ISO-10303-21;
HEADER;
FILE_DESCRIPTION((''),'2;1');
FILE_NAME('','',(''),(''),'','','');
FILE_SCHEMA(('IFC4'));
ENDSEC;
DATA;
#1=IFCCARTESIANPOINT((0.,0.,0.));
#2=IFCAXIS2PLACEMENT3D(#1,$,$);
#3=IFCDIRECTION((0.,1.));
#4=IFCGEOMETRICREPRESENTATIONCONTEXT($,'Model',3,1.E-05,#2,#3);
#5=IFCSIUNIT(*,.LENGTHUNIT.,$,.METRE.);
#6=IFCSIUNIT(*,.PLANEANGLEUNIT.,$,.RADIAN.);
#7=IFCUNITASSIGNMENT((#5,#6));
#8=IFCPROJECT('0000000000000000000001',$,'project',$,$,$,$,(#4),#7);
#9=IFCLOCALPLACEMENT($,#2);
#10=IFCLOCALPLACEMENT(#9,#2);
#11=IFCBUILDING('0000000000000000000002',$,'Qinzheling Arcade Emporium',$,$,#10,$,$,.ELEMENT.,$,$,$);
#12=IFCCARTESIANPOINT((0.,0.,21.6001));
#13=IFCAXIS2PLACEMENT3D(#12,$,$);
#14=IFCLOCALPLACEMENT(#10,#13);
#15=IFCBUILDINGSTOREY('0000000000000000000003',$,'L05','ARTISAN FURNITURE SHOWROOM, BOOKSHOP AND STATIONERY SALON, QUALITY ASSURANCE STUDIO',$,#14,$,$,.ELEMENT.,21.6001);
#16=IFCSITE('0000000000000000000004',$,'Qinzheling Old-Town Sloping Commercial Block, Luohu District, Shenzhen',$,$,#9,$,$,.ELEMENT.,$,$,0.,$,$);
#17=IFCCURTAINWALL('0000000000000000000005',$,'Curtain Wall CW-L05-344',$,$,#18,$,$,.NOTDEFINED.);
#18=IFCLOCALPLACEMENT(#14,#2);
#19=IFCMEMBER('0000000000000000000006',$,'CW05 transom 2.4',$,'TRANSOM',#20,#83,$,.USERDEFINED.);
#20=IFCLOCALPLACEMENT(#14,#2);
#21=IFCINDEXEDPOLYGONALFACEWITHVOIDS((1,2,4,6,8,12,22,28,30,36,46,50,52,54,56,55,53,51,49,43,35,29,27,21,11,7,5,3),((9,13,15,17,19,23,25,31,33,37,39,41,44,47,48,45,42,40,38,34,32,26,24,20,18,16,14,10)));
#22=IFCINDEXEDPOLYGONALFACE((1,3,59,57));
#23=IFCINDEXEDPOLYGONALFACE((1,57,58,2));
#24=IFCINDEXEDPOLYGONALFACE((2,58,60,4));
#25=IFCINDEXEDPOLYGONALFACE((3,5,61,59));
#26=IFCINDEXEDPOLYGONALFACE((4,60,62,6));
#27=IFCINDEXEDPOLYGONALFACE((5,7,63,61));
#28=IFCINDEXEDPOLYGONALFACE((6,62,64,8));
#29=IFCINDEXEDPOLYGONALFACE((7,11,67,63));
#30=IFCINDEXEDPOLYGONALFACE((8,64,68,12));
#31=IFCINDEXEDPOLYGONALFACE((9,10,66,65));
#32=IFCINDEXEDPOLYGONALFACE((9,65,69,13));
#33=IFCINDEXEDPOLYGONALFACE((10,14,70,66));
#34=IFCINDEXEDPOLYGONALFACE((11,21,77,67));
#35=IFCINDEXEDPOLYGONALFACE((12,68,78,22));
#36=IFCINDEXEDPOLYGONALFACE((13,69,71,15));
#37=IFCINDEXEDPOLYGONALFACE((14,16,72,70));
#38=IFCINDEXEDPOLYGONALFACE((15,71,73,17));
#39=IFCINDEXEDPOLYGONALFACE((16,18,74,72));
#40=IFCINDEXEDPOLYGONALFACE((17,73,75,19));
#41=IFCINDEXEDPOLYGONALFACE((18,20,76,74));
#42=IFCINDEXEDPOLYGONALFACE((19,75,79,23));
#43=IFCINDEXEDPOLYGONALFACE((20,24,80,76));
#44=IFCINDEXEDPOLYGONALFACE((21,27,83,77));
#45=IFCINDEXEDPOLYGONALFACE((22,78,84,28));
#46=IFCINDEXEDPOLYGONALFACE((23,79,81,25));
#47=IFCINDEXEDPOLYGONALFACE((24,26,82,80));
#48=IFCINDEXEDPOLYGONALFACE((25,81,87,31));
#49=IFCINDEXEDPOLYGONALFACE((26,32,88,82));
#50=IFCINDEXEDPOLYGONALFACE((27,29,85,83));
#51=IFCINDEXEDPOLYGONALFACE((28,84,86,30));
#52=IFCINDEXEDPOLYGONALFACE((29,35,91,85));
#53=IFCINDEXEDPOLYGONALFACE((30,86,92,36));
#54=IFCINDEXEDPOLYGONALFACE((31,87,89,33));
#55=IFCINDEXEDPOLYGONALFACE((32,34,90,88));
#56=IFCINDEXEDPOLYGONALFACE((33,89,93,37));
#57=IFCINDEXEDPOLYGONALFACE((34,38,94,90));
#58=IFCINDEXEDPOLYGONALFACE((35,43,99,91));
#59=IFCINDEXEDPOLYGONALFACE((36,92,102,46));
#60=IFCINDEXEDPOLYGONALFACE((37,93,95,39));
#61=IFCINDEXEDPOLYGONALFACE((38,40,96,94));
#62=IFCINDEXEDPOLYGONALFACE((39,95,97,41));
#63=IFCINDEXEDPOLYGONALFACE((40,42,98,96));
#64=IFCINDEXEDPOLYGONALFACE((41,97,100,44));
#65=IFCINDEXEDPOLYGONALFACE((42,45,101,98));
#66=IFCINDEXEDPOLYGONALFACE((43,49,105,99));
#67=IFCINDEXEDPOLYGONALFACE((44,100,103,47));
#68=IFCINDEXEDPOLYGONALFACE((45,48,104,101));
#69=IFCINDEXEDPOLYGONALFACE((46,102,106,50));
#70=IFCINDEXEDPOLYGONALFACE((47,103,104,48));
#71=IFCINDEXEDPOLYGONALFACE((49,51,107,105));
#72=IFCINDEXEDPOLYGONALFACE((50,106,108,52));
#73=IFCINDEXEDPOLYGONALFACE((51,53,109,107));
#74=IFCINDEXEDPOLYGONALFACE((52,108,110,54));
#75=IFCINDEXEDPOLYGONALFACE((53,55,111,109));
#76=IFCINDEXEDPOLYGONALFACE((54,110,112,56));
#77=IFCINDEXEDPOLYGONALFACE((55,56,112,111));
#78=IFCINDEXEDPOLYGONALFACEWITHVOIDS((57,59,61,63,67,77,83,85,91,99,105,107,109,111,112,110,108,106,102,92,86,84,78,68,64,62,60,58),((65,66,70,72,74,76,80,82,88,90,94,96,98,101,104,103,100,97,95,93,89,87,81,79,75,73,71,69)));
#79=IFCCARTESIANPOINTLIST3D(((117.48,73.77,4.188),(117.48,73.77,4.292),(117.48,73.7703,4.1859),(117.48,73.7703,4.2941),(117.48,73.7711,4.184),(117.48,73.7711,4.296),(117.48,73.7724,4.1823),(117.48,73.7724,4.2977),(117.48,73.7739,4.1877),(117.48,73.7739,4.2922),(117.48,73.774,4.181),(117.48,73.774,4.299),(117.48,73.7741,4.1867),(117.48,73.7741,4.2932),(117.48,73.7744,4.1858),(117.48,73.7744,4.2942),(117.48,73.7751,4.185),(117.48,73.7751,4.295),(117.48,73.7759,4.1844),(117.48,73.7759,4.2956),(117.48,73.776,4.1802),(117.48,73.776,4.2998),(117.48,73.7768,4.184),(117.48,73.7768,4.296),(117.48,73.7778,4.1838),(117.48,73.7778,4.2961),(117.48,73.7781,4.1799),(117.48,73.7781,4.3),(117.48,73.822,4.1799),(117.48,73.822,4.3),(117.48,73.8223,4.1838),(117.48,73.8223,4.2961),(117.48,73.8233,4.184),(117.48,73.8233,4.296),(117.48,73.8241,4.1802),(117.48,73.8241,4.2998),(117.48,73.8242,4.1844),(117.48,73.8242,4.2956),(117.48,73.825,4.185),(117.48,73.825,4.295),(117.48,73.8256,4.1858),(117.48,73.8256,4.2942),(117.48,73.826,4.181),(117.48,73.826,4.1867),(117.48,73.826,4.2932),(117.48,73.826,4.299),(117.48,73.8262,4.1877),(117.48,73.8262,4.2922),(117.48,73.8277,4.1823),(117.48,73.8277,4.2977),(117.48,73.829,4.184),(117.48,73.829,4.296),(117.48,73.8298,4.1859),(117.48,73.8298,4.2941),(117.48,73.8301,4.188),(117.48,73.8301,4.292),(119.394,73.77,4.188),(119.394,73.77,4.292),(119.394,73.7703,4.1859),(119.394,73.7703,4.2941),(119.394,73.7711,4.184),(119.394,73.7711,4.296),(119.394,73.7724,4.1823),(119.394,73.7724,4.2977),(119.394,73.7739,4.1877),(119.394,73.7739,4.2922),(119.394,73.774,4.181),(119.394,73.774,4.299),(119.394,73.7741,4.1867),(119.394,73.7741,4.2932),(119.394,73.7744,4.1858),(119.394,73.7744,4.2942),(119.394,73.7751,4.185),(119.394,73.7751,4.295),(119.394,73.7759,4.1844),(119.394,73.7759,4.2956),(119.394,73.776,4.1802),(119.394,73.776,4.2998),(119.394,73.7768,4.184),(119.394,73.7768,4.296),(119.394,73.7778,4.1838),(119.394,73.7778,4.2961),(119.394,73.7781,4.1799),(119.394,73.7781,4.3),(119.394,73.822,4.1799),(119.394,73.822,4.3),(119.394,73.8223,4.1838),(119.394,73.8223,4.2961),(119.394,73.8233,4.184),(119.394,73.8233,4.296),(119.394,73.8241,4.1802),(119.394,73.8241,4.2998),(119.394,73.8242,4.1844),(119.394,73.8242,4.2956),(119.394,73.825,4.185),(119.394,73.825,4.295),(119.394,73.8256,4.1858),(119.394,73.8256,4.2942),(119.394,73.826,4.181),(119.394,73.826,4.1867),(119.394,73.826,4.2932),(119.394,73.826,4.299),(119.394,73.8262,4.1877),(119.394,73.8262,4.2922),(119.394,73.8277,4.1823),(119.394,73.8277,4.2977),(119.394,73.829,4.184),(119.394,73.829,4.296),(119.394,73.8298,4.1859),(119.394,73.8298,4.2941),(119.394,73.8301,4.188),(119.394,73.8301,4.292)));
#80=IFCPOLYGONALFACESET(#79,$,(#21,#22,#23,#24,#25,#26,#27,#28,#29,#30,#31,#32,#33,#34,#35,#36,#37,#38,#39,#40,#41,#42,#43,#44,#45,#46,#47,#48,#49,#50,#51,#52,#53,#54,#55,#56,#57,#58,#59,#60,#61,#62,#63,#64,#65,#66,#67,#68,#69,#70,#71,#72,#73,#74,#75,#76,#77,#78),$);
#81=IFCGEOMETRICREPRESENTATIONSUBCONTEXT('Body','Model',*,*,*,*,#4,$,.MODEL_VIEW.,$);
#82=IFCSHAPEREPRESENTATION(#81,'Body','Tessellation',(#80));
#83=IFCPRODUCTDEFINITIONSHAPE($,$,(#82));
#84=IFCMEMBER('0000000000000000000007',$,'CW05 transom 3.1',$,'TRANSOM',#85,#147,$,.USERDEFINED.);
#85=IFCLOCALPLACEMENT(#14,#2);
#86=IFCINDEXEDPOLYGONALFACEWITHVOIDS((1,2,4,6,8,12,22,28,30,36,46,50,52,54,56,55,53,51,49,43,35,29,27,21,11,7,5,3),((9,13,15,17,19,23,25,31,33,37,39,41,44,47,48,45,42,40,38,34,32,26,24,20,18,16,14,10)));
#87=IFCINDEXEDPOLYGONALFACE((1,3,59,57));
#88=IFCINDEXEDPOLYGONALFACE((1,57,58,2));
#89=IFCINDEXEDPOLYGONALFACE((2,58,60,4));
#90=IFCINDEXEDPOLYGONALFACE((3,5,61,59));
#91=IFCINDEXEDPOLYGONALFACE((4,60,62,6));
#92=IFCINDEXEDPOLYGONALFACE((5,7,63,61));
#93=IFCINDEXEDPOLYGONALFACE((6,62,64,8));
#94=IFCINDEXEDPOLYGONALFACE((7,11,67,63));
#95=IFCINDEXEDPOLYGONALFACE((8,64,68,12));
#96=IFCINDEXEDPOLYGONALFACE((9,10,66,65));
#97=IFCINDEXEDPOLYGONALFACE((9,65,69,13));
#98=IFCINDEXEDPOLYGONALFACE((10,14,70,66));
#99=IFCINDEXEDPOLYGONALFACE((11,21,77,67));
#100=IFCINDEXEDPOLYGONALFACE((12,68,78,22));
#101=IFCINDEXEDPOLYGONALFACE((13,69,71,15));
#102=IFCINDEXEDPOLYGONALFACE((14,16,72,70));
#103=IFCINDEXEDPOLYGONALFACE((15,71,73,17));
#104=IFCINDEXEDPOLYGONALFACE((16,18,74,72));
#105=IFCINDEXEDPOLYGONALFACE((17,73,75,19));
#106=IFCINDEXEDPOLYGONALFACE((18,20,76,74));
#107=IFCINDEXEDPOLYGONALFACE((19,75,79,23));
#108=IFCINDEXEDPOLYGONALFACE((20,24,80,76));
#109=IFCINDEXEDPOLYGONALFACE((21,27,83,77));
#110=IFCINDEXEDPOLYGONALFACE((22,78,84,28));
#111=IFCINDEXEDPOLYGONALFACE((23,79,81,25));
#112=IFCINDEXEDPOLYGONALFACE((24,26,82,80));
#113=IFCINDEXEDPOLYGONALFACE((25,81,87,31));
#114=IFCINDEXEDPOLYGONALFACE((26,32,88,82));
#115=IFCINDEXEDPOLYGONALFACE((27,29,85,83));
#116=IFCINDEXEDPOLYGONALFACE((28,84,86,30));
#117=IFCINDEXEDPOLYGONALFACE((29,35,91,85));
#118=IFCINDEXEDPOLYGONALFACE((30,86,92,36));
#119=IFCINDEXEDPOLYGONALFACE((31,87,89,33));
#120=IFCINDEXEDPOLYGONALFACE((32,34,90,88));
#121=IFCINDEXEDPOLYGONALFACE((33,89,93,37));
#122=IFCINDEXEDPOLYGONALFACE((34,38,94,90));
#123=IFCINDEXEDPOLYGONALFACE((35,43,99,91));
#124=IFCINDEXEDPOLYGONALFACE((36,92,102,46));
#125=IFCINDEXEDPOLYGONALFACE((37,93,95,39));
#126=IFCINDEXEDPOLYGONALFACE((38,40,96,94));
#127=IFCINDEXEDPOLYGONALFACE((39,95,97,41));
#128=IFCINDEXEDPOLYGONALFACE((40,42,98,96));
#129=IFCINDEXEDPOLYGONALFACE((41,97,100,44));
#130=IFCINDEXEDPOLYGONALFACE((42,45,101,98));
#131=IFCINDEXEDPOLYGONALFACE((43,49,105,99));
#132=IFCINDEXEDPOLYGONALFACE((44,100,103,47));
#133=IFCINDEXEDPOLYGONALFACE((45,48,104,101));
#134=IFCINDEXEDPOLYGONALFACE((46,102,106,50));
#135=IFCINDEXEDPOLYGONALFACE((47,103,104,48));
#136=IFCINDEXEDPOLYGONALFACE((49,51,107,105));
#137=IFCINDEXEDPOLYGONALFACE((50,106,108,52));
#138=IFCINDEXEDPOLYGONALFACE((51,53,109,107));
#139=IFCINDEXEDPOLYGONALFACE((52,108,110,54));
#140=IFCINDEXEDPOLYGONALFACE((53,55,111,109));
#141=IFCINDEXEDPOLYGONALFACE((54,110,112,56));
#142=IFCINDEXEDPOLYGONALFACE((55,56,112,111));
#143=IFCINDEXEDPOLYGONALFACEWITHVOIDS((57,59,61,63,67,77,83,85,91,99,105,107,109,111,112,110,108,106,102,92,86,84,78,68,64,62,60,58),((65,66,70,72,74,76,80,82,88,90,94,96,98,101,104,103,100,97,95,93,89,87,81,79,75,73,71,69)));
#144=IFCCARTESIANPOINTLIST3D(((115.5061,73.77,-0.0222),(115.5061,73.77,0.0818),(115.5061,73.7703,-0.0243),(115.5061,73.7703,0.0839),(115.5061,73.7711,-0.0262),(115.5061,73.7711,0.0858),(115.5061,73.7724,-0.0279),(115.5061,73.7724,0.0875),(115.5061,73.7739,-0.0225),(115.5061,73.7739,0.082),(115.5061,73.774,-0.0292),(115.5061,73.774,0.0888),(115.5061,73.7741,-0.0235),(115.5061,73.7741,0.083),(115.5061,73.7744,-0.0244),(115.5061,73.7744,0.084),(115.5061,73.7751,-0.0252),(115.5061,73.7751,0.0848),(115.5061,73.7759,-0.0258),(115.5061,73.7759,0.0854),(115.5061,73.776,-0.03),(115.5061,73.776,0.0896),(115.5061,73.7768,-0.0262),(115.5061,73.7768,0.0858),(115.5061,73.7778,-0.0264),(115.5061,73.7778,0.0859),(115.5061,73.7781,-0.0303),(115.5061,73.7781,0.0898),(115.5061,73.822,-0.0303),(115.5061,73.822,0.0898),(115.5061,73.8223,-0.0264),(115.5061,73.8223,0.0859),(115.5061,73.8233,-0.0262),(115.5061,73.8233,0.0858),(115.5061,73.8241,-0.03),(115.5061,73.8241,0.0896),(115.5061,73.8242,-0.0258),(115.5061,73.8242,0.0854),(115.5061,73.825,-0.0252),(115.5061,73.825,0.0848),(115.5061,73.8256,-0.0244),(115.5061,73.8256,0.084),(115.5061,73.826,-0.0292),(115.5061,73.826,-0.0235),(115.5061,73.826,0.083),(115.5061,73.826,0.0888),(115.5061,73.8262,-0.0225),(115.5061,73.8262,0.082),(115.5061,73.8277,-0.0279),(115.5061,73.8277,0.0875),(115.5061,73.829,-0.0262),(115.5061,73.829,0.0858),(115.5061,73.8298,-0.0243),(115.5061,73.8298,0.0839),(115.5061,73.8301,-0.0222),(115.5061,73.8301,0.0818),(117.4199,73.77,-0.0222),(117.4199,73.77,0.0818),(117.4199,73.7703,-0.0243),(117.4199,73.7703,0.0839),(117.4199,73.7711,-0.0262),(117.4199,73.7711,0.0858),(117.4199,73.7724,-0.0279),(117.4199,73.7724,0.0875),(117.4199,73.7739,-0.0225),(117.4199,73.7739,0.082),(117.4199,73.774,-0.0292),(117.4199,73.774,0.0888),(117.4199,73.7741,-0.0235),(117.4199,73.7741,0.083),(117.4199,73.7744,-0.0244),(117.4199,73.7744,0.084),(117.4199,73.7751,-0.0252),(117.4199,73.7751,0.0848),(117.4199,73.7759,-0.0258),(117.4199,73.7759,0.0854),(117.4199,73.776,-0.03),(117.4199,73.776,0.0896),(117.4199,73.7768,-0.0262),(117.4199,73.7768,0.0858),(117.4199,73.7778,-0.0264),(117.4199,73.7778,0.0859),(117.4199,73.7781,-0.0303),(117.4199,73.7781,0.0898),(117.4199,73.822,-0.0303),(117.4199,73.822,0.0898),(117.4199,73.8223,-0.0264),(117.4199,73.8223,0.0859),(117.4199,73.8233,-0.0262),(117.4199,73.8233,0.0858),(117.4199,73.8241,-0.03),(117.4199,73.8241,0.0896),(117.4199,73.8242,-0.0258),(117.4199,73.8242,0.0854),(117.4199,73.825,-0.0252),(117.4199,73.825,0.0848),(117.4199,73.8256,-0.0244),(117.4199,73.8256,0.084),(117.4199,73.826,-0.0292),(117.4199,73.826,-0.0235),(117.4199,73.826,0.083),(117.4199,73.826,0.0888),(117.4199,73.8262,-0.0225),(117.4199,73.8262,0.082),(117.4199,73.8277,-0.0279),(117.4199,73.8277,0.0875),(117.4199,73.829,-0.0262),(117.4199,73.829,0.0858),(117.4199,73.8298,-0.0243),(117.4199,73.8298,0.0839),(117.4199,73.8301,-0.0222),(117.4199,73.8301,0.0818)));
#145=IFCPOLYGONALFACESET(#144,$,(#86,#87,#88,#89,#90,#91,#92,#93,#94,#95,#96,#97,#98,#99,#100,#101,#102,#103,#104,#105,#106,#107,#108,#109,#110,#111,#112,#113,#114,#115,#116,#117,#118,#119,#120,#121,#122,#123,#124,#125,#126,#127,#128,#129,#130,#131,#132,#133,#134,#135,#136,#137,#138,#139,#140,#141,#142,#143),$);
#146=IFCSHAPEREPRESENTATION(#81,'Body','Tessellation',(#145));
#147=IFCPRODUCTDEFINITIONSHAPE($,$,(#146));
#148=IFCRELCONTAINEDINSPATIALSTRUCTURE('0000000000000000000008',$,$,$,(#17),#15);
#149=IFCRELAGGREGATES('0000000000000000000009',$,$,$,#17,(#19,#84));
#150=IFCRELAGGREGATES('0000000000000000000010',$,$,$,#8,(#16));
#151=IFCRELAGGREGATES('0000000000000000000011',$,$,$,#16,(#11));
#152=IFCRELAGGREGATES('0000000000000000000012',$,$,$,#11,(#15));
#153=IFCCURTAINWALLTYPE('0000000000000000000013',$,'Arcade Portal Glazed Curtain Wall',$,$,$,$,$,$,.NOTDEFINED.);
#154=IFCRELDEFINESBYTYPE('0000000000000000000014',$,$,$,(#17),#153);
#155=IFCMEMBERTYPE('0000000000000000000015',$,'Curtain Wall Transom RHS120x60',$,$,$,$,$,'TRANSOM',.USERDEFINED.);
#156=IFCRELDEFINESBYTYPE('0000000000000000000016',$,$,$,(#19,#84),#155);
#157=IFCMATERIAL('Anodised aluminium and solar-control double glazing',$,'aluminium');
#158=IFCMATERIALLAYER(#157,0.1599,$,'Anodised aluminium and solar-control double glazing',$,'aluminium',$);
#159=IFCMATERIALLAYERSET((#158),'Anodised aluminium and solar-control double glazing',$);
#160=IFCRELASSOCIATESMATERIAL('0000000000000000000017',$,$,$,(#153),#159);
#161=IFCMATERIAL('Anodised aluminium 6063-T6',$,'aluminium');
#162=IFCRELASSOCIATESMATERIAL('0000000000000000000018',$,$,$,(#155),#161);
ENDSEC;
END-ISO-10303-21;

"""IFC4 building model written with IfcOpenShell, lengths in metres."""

from ifc_helpers import new_model, si_unit, direction, frame, origin, origin_2d, place, context, subcontext, project, spatial, hollow_rectangle, extrude, material, layer, layer_set, material_profile, profile_set, type_object, element, aggregate, save


model = new_model("IFC4")

# Units and contexts
model_context = context("Model", 3, precision=1e-05, world=origin(), true_north=direction((0.0, 1.0)))
body_context = subcontext(model_context, "Body", "Model", "MODEL_VIEW")
ifc_project = project(units=[si_unit("LENGTHUNIT", "METRE"), si_unit("PLANEANGLEUNIT", "RADIAN")], contexts=[model_context])

# Site, building, storey
site_placement = place(None, origin())
site = spatial("IfcSite", under=ifc_project, at=site_placement, Name="Qinzheling Old-Town Sloping Commercial Block, Luohu District, Shenzhen", CompositionType="ELEMENT", RefElevation=0.0)
building_placement = place(site_placement, origin())
building = spatial("IfcBuilding", under=site, at=building_placement, Name="Qinzheling Arcade Emporium", CompositionType="ELEMENT")
storey_placement = place(building_placement, frame((0.0, 0.0, 21.6001)))
storey = spatial("IfcBuildingStorey", under=building, at=storey_placement, Name="L05", Description="ARTISAN FURNITURE SHOWROOM, BOOKSHOP AND STATIONERY SALON, QUALITY ASSURANCE STUDIO", CompositionType="ELEMENT", Elevation=21.6001)

# Curtain wall, members
ifc_material_1 = material(Name="Anodised aluminium and solar-control double glazing", Category="aluminium")
ifc_layer_1 = layer(ifc_material_1, 0.1599, Name="Anodised aluminium and solar-control double glazing", Category="aluminium")
ifc_layer_set_1 = layer_set([ifc_layer_1], Name="Anodised aluminium and solar-control double glazing")
curtain_wall_type = type_object("IfcCurtainWallType", Name="Arcade Portal Glazed Curtain Wall", PredefinedType="NOTDEFINED", material=ifc_layer_set_1)
curtain_wall_placement = place(storey_placement, origin())
curtain_wall = element("IfcCurtainWall", 1, at=curtain_wall_placement, inside=storey, type_object=curtain_wall_type, Name="Curtain Wall CW-L05-344", PredefinedType="NOTDEFINED")
ifc_material_2 = material(Name="Anodised aluminium 6063-T6", Category="aluminium")
ifc_material_profile_1 = material_profile(ifc_material_2, hollow_rectangle(XDim=0.0601, YDim=0.1201, WallThickness=0.0039, InnerFilletRadius=0.0039, OuterFilletRadius=0.0081, at=origin_2d()), Name="RHS 120x60x4", Category="aluminium")
ifc_profile_set_1 = profile_set([ifc_material_profile_1], Name="Anodised aluminium 6063-T6")
member_type_1 = type_object("IfcMemberType", Name="Curtain Wall Transom RHS120x60", ElementType="TRANSOM", PredefinedType="USERDEFINED", material=ifc_profile_set_1)
member_1_placement = place(storey_placement, frame((119.394, 73.8, 4.24), z_axis=(-1.0, 0.0, 0.0), x_axis=(0.0, -1.0, 0.0)))
member_1 = element("IfcMember", 2, at=member_1_placement, type_object=member_type_1, Name="CW05 transom 2.4", ObjectType="TRANSOM", PredefinedType="USERDEFINED", context=body_context, shape_type="SweptSolid", body=[
    extrude(hollow_rectangle(XDim=0.0601, YDim=0.1201, WallThickness=0.0039, InnerFilletRadius=0.0039, OuterFilletRadius=0.0081, at=origin_2d()), origin(), (0.0, 0.0, 1.0), 1.9141),
])
member_2_placement = place(storey_placement, frame((117.4199, 73.8, 0.0298), z_axis=(-1.0, 0.0, 0.0), x_axis=(0.0, -1.0, 0.0)))
member_2 = element("IfcMember", 3, at=member_2_placement, type_object=member_type_1, Name="CW05 transom 3.1", ObjectType="TRANSOM", PredefinedType="USERDEFINED", context=body_context, shape_type="SweptSolid", body=[
    extrude(hollow_rectangle(XDim=0.0601, YDim=0.1201, WallThickness=0.0039, InnerFilletRadius=0.0039, OuterFilletRadius=0.0081, at=origin_2d()), origin(), (0.0, 0.0, 1.0), 1.9138),
])

aggregate(curtain_wall, [member_1, member_2])

save(model, "model.ifc")
